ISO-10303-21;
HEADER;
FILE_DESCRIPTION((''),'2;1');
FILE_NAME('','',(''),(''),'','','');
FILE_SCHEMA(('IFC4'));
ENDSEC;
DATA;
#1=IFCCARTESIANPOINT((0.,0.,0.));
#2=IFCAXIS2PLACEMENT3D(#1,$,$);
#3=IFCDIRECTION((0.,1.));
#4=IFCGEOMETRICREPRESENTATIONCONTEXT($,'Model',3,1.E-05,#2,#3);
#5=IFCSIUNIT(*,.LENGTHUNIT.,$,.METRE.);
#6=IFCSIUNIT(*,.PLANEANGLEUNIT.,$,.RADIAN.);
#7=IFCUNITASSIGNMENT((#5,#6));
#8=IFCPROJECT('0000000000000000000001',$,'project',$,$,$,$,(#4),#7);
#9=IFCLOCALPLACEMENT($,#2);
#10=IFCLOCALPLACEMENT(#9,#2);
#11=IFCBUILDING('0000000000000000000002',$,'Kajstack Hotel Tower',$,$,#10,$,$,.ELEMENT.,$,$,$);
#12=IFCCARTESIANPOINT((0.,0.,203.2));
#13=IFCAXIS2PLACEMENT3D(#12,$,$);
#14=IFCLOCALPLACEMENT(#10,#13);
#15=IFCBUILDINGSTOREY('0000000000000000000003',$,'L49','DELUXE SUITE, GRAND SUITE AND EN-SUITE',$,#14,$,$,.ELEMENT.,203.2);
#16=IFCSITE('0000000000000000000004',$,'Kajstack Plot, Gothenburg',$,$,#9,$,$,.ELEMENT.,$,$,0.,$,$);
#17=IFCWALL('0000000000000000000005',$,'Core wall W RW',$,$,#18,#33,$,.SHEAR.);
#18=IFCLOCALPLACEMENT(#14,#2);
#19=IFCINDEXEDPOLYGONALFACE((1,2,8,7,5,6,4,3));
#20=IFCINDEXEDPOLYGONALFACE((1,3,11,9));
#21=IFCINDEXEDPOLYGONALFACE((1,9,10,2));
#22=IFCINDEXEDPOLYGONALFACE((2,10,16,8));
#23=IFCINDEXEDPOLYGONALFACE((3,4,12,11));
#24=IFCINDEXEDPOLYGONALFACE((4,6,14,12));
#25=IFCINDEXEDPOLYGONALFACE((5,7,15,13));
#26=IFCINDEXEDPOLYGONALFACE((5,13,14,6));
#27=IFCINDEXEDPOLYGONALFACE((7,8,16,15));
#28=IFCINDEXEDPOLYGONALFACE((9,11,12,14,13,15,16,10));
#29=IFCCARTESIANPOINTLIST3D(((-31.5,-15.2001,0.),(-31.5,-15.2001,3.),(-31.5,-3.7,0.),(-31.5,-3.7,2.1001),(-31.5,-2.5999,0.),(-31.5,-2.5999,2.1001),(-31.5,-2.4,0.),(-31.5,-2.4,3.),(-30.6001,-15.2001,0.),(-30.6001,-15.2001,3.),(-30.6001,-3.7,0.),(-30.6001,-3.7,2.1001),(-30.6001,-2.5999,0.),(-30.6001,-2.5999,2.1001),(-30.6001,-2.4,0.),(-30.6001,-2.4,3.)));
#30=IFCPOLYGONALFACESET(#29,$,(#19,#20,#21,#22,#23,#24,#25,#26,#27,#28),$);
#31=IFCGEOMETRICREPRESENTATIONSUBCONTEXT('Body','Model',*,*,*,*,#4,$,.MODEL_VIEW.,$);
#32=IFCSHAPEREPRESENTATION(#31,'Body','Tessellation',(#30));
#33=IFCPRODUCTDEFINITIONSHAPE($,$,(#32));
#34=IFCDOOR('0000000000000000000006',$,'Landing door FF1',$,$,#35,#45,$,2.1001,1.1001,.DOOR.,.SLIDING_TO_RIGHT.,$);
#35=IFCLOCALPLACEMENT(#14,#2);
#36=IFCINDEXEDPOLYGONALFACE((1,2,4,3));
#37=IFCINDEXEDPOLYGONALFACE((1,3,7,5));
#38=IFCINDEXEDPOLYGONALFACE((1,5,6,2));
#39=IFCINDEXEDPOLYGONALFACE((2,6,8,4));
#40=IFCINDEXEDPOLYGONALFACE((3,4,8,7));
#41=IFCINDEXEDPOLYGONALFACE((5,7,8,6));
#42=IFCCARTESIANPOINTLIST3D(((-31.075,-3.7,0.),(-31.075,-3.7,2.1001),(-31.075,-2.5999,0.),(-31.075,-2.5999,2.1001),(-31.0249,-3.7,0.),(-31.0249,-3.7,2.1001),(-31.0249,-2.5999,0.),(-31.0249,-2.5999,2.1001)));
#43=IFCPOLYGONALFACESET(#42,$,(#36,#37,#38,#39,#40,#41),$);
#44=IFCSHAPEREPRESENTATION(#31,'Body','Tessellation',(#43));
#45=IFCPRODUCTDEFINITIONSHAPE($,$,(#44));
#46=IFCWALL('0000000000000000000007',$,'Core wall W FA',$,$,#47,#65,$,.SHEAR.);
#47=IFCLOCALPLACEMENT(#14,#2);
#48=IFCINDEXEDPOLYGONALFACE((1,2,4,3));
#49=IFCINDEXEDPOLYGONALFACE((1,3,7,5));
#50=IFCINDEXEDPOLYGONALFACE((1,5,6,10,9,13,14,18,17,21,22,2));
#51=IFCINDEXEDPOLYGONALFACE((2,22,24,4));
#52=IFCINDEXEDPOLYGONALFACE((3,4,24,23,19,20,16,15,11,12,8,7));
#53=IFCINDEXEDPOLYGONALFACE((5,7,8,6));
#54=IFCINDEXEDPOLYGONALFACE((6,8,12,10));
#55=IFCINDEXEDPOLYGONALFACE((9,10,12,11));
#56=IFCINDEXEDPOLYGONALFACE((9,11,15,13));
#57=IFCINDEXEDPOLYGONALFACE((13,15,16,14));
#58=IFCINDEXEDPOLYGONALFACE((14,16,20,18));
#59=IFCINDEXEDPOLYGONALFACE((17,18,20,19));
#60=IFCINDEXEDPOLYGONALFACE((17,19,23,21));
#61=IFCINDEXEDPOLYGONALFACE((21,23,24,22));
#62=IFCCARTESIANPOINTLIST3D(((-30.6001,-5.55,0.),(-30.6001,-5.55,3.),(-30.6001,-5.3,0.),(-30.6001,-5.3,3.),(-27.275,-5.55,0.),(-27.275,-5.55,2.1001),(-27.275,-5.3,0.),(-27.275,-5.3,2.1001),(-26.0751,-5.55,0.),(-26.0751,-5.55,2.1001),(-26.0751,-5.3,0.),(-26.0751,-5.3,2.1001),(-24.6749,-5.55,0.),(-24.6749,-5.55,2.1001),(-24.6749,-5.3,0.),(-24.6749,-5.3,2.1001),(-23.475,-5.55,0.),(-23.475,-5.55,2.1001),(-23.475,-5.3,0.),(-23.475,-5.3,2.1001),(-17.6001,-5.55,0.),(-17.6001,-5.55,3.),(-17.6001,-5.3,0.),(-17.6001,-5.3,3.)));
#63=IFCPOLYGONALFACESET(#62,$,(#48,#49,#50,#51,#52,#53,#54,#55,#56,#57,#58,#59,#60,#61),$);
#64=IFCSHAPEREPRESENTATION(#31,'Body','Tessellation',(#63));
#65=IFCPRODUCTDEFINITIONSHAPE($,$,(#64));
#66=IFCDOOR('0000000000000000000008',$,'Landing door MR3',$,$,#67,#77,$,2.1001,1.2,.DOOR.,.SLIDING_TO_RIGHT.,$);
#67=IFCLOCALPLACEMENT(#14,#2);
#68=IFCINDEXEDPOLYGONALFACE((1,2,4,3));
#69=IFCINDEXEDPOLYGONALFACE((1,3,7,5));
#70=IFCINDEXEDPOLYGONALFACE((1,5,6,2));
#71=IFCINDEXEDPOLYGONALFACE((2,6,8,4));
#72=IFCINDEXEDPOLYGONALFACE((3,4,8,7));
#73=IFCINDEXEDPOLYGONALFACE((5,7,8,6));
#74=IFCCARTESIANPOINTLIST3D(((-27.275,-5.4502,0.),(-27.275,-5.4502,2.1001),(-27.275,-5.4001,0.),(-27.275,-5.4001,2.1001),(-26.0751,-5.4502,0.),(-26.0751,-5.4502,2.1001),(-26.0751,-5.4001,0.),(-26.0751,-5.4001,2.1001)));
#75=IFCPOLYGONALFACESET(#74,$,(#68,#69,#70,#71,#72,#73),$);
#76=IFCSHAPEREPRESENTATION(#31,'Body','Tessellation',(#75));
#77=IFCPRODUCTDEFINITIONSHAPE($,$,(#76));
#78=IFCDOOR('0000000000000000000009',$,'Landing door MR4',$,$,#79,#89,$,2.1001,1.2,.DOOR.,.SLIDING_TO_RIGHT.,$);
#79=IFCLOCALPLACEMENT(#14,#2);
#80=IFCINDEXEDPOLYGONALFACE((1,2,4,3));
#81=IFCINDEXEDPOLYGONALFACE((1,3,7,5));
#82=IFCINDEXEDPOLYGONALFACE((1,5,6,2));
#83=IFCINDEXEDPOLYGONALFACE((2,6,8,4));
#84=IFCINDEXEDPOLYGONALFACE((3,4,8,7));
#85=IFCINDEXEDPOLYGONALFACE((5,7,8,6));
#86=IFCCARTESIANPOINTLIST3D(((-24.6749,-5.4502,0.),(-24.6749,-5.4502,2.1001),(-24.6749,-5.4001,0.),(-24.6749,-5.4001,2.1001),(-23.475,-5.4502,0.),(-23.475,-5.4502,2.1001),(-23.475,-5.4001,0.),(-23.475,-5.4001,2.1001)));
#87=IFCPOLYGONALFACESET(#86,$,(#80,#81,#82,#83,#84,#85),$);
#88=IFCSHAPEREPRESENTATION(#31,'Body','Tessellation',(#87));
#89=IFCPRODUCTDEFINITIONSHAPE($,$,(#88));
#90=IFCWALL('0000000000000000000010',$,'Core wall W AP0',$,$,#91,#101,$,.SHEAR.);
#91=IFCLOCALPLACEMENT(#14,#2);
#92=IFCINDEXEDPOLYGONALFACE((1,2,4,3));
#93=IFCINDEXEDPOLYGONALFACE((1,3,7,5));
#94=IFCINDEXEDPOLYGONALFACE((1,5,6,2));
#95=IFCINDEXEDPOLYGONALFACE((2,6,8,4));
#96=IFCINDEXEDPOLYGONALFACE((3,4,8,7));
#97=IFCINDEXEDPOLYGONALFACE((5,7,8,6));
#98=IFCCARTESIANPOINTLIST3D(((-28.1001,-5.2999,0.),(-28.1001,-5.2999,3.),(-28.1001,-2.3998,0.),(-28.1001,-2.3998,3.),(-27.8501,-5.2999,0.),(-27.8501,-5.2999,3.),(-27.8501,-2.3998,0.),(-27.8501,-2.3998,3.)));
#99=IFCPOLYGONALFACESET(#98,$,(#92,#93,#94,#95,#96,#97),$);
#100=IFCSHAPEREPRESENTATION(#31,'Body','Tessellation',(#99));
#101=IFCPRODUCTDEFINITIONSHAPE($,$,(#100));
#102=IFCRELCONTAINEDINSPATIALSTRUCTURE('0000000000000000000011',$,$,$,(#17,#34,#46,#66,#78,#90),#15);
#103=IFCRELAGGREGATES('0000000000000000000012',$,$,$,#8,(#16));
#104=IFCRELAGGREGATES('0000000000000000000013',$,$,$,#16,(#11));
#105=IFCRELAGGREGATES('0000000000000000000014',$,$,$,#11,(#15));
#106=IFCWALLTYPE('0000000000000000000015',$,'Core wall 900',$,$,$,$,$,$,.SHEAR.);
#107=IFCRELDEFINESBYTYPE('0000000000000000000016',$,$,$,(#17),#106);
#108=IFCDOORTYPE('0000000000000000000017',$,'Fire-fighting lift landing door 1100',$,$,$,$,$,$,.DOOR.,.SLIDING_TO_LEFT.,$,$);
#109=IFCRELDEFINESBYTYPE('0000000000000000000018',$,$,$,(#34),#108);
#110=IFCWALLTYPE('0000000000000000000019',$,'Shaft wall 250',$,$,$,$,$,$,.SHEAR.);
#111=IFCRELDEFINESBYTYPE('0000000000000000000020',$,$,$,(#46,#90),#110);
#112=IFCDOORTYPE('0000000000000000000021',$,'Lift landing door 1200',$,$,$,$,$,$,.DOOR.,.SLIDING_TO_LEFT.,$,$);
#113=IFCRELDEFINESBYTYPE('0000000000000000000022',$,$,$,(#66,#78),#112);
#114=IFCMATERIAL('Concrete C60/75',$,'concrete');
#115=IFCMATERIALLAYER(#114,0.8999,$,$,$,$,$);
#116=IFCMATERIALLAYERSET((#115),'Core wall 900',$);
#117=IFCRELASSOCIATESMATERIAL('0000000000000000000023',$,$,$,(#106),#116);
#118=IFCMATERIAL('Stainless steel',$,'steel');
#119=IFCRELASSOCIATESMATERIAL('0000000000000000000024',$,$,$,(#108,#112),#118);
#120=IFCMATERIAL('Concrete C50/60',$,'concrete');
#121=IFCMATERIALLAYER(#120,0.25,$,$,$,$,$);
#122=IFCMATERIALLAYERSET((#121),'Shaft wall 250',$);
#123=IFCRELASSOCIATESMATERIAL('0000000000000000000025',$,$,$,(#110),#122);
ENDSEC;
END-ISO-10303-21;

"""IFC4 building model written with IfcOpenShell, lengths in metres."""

from ifc_helpers import new_model, si_unit, direction, frame, frame_2d, origin, place, context, subcontext, project, spatial, rectangle, extrude, material, layer, layer_set, type_object, element, fill, save


model = new_model("IFC4")

# Units and contexts
model_context = context("Model", 3, precision=1e-05, world=origin(), true_north=direction((0.0, 1.0)))
body_context = subcontext(model_context, "Body", "Model", "MODEL_VIEW")
ifc_project = project(units=[si_unit("LENGTHUNIT", "METRE"), si_unit("PLANEANGLEUNIT", "RADIAN")], contexts=[model_context])

# Site, building, storey
site_placement = place(None, origin())
site = spatial("IfcSite", under=ifc_project, at=site_placement, Name="Kajstack Plot, Gothenburg", CompositionType="ELEMENT", RefElevation=0.0)
building_placement = place(site_placement, origin())
building = spatial("IfcBuilding", under=site, at=building_placement, Name="Kajstack Hotel Tower", CompositionType="ELEMENT")
storey_placement = place(building_placement, frame((0.0, 0.0, 203.2)))
storey = spatial("IfcBuildingStorey", under=building, at=storey_placement, Name="L49", Description="DELUXE SUITE, GRAND SUITE AND EN-SUITE", CompositionType="ELEMENT", Elevation=203.2)

# Wall, opening, door
ifc_material_1 = material(Name="Concrete C60/75", Category="concrete")
ifc_layer_1 = layer(ifc_material_1, 0.8999)
ifc_layer_set_1 = layer_set([ifc_layer_1], Name="Core wall 900")
wall_type_1 = type_object("IfcWallType", Name="Core wall 900", PredefinedType="SHEAR", material=ifc_layer_set_1)
wall_1_placement = place(storey_placement, frame((-31.05, -15.2, 0.0), z_axis=(0.0, 0.0, 1.0), x_axis=(0.0, 1.0, 0.0)))
wall_1 = element("IfcWall", 1, at=wall_1_placement, inside=storey, type_object=wall_type_1, Name="Core wall W RW", PredefinedType="SHEAR", context=body_context, shape_type="SweptSolid", body=[
    extrude(rectangle(XDim=12.8, YDim=0.8999, at=frame_2d((6.3999, 0.0))), origin(), (0.0, 0.0, 1.0), 3.0),
])
opening_1_placement = place(wall_1_placement, frame((11.5, 0.0, 0.0)))
opening_1 = element("IfcOpeningElement", 2, at=opening_1_placement, cuts=wall_1, PredefinedType="OPENING", context=body_context, shape_type="SweptSolid", body=[
    extrude(rectangle(XDim=1.1001, YDim=2.1001, at=frame_2d((0.55, 1.05))), frame((0.0, 0.46, 0.0), z_axis=(0.0, -1.0, 0.0), x_axis=(1.0, 0.0, 0.0)), (0.0, 0.0, 1.0), 0.9199),
])
ifc_material_2 = material(Name="Stainless steel", Category="steel")
door_type_1 = type_object("IfcDoorType", Name="Fire-fighting lift landing door 1100", OperationType="SLIDING_TO_LEFT", PredefinedType="DOOR", material=ifc_material_2)
door_1_placement = place(opening_1_placement, origin())
door_1 = element("IfcDoor", 3, at=door_1_placement, inside=storey, type_object=door_type_1, Name="Landing door FF1", OperationType="SLIDING_TO_RIGHT", OverallHeight=2.1001, OverallWidth=1.1001, PredefinedType="DOOR", context=body_context, shape_type="SweptSolid", body=[
    extrude(rectangle(XDim=1.1001, YDim=2.1001, at=frame_2d((0.55, 1.05))), frame((0.0, 0.0249, 0.0), z_axis=(0.0, -1.0, 0.0), x_axis=(1.0, 0.0, 0.0)), (0.0, 0.0, 1.0), 0.05),
])
fill(opening_1, door_1)

# Wall, openings, doors
ifc_material_3 = material(Name="Concrete C50/60", Category="concrete")
ifc_layer_2 = layer(ifc_material_3, 0.25)
ifc_layer_set_2 = layer_set([ifc_layer_2], Name="Shaft wall 250")
wall_type_2 = type_object("IfcWallType", Name="Shaft wall 250", PredefinedType="SHEAR", material=ifc_layer_set_2)
wall_2_placement = place(storey_placement, frame((-30.6001, -5.425, 0.0), z_axis=(0.0, 0.0, 1.0), x_axis=(1.0, 0.0, 0.0)))
wall_2 = element("IfcWall", 4, at=wall_2_placement, inside=storey, type_object=wall_type_2, Name="Core wall W FA", PredefinedType="SHEAR", context=body_context, shape_type="SweptSolid", body=[
    extrude(rectangle(XDim=13.0, YDim=0.25, at=frame_2d((6.5, 0.0))), origin(), (0.0, 0.0, 1.0), 3.0),
])
opening_2_placement = place(wall_2_placement, frame((3.325, 0.0, 0.0)))
opening_2 = element("IfcOpeningElement", 5, at=opening_2_placement, cuts=wall_2, PredefinedType="OPENING", context=body_context, shape_type="SweptSolid", body=[
    extrude(rectangle(XDim=1.2, YDim=2.1001, at=frame_2d((0.6001, 1.05))), frame((0.0, 0.135, 0.0), z_axis=(0.0, -1.0, 0.0), x_axis=(1.0, 0.0, 0.0)), (0.0, 0.0, 1.0), 0.27),
])
opening_3_placement = place(wall_2_placement, frame((5.925, 0.0, 0.0)))
opening_3 = element("IfcOpeningElement", 6, at=opening_3_placement, cuts=wall_2, PredefinedType="OPENING", context=body_context, shape_type="SweptSolid", body=[
    extrude(rectangle(XDim=1.2, YDim=2.1001, at=frame_2d((0.6001, 1.05))), frame((0.0, 0.135, 0.0), z_axis=(0.0, -1.0, 0.0), x_axis=(1.0, 0.0, 0.0)), (0.0, 0.0, 1.0), 0.27),
])
door_type_2 = type_object("IfcDoorType", Name="Lift landing door 1200", OperationType="SLIDING_TO_LEFT", PredefinedType="DOOR", material=ifc_material_2)
door_2_placement = place(opening_2_placement, origin())
door_2 = element("IfcDoor", 7, at=door_2_placement, inside=storey, type_object=door_type_2, Name="Landing door MR3", OperationType="SLIDING_TO_RIGHT", OverallHeight=2.1001, OverallWidth=1.2, PredefinedType="DOOR", context=body_context, shape_type="SweptSolid", body=[
    extrude(rectangle(XDim=1.2, YDim=2.1001, at=frame_2d((0.6001, 1.05))), frame((0.0, 0.0249, 0.0), z_axis=(0.0, -1.0, 0.0), x_axis=(1.0, 0.0, 0.0)), (0.0, 0.0, 1.0), 0.05),
])
fill(opening_2, door_2)
door_3_placement = place(opening_3_placement, origin())
door_3 = element("IfcDoor", 8, at=door_3_placement, inside=storey, type_object=door_type_2, Name="Landing door MR4", OperationType="SLIDING_TO_RIGHT", OverallHeight=2.1001, OverallWidth=1.2, PredefinedType="DOOR", context=body_context, shape_type="SweptSolid", body=[
    extrude(rectangle(XDim=1.2, YDim=2.1001, at=frame_2d((0.6001, 1.05))), frame((0.0, 0.0249, 0.0), z_axis=(0.0, -1.0, 0.0), x_axis=(1.0, 0.0, 0.0)), (0.0, 0.0, 1.0), 0.05),
])
fill(opening_3, door_3)

# Wall
wall_3_placement = place(storey_placement, frame((-27.9751, -5.3, 0.0), z_axis=(0.0, 0.0, 1.0), x_axis=(0.0, 1.0, 0.0)))
element("IfcWall", 9, at=wall_3_placement, inside=storey, type_object=wall_type_2, Name="Core wall W AP0", PredefinedType="SHEAR", context=body_context, shape_type="SweptSolid", body=[
    extrude(rectangle(XDim=2.9001, YDim=0.25, at=frame_2d((1.4502, 0.0))), origin(), (0.0, 0.0, 1.0), 3.0),
])

save(model, "model.ifc")
